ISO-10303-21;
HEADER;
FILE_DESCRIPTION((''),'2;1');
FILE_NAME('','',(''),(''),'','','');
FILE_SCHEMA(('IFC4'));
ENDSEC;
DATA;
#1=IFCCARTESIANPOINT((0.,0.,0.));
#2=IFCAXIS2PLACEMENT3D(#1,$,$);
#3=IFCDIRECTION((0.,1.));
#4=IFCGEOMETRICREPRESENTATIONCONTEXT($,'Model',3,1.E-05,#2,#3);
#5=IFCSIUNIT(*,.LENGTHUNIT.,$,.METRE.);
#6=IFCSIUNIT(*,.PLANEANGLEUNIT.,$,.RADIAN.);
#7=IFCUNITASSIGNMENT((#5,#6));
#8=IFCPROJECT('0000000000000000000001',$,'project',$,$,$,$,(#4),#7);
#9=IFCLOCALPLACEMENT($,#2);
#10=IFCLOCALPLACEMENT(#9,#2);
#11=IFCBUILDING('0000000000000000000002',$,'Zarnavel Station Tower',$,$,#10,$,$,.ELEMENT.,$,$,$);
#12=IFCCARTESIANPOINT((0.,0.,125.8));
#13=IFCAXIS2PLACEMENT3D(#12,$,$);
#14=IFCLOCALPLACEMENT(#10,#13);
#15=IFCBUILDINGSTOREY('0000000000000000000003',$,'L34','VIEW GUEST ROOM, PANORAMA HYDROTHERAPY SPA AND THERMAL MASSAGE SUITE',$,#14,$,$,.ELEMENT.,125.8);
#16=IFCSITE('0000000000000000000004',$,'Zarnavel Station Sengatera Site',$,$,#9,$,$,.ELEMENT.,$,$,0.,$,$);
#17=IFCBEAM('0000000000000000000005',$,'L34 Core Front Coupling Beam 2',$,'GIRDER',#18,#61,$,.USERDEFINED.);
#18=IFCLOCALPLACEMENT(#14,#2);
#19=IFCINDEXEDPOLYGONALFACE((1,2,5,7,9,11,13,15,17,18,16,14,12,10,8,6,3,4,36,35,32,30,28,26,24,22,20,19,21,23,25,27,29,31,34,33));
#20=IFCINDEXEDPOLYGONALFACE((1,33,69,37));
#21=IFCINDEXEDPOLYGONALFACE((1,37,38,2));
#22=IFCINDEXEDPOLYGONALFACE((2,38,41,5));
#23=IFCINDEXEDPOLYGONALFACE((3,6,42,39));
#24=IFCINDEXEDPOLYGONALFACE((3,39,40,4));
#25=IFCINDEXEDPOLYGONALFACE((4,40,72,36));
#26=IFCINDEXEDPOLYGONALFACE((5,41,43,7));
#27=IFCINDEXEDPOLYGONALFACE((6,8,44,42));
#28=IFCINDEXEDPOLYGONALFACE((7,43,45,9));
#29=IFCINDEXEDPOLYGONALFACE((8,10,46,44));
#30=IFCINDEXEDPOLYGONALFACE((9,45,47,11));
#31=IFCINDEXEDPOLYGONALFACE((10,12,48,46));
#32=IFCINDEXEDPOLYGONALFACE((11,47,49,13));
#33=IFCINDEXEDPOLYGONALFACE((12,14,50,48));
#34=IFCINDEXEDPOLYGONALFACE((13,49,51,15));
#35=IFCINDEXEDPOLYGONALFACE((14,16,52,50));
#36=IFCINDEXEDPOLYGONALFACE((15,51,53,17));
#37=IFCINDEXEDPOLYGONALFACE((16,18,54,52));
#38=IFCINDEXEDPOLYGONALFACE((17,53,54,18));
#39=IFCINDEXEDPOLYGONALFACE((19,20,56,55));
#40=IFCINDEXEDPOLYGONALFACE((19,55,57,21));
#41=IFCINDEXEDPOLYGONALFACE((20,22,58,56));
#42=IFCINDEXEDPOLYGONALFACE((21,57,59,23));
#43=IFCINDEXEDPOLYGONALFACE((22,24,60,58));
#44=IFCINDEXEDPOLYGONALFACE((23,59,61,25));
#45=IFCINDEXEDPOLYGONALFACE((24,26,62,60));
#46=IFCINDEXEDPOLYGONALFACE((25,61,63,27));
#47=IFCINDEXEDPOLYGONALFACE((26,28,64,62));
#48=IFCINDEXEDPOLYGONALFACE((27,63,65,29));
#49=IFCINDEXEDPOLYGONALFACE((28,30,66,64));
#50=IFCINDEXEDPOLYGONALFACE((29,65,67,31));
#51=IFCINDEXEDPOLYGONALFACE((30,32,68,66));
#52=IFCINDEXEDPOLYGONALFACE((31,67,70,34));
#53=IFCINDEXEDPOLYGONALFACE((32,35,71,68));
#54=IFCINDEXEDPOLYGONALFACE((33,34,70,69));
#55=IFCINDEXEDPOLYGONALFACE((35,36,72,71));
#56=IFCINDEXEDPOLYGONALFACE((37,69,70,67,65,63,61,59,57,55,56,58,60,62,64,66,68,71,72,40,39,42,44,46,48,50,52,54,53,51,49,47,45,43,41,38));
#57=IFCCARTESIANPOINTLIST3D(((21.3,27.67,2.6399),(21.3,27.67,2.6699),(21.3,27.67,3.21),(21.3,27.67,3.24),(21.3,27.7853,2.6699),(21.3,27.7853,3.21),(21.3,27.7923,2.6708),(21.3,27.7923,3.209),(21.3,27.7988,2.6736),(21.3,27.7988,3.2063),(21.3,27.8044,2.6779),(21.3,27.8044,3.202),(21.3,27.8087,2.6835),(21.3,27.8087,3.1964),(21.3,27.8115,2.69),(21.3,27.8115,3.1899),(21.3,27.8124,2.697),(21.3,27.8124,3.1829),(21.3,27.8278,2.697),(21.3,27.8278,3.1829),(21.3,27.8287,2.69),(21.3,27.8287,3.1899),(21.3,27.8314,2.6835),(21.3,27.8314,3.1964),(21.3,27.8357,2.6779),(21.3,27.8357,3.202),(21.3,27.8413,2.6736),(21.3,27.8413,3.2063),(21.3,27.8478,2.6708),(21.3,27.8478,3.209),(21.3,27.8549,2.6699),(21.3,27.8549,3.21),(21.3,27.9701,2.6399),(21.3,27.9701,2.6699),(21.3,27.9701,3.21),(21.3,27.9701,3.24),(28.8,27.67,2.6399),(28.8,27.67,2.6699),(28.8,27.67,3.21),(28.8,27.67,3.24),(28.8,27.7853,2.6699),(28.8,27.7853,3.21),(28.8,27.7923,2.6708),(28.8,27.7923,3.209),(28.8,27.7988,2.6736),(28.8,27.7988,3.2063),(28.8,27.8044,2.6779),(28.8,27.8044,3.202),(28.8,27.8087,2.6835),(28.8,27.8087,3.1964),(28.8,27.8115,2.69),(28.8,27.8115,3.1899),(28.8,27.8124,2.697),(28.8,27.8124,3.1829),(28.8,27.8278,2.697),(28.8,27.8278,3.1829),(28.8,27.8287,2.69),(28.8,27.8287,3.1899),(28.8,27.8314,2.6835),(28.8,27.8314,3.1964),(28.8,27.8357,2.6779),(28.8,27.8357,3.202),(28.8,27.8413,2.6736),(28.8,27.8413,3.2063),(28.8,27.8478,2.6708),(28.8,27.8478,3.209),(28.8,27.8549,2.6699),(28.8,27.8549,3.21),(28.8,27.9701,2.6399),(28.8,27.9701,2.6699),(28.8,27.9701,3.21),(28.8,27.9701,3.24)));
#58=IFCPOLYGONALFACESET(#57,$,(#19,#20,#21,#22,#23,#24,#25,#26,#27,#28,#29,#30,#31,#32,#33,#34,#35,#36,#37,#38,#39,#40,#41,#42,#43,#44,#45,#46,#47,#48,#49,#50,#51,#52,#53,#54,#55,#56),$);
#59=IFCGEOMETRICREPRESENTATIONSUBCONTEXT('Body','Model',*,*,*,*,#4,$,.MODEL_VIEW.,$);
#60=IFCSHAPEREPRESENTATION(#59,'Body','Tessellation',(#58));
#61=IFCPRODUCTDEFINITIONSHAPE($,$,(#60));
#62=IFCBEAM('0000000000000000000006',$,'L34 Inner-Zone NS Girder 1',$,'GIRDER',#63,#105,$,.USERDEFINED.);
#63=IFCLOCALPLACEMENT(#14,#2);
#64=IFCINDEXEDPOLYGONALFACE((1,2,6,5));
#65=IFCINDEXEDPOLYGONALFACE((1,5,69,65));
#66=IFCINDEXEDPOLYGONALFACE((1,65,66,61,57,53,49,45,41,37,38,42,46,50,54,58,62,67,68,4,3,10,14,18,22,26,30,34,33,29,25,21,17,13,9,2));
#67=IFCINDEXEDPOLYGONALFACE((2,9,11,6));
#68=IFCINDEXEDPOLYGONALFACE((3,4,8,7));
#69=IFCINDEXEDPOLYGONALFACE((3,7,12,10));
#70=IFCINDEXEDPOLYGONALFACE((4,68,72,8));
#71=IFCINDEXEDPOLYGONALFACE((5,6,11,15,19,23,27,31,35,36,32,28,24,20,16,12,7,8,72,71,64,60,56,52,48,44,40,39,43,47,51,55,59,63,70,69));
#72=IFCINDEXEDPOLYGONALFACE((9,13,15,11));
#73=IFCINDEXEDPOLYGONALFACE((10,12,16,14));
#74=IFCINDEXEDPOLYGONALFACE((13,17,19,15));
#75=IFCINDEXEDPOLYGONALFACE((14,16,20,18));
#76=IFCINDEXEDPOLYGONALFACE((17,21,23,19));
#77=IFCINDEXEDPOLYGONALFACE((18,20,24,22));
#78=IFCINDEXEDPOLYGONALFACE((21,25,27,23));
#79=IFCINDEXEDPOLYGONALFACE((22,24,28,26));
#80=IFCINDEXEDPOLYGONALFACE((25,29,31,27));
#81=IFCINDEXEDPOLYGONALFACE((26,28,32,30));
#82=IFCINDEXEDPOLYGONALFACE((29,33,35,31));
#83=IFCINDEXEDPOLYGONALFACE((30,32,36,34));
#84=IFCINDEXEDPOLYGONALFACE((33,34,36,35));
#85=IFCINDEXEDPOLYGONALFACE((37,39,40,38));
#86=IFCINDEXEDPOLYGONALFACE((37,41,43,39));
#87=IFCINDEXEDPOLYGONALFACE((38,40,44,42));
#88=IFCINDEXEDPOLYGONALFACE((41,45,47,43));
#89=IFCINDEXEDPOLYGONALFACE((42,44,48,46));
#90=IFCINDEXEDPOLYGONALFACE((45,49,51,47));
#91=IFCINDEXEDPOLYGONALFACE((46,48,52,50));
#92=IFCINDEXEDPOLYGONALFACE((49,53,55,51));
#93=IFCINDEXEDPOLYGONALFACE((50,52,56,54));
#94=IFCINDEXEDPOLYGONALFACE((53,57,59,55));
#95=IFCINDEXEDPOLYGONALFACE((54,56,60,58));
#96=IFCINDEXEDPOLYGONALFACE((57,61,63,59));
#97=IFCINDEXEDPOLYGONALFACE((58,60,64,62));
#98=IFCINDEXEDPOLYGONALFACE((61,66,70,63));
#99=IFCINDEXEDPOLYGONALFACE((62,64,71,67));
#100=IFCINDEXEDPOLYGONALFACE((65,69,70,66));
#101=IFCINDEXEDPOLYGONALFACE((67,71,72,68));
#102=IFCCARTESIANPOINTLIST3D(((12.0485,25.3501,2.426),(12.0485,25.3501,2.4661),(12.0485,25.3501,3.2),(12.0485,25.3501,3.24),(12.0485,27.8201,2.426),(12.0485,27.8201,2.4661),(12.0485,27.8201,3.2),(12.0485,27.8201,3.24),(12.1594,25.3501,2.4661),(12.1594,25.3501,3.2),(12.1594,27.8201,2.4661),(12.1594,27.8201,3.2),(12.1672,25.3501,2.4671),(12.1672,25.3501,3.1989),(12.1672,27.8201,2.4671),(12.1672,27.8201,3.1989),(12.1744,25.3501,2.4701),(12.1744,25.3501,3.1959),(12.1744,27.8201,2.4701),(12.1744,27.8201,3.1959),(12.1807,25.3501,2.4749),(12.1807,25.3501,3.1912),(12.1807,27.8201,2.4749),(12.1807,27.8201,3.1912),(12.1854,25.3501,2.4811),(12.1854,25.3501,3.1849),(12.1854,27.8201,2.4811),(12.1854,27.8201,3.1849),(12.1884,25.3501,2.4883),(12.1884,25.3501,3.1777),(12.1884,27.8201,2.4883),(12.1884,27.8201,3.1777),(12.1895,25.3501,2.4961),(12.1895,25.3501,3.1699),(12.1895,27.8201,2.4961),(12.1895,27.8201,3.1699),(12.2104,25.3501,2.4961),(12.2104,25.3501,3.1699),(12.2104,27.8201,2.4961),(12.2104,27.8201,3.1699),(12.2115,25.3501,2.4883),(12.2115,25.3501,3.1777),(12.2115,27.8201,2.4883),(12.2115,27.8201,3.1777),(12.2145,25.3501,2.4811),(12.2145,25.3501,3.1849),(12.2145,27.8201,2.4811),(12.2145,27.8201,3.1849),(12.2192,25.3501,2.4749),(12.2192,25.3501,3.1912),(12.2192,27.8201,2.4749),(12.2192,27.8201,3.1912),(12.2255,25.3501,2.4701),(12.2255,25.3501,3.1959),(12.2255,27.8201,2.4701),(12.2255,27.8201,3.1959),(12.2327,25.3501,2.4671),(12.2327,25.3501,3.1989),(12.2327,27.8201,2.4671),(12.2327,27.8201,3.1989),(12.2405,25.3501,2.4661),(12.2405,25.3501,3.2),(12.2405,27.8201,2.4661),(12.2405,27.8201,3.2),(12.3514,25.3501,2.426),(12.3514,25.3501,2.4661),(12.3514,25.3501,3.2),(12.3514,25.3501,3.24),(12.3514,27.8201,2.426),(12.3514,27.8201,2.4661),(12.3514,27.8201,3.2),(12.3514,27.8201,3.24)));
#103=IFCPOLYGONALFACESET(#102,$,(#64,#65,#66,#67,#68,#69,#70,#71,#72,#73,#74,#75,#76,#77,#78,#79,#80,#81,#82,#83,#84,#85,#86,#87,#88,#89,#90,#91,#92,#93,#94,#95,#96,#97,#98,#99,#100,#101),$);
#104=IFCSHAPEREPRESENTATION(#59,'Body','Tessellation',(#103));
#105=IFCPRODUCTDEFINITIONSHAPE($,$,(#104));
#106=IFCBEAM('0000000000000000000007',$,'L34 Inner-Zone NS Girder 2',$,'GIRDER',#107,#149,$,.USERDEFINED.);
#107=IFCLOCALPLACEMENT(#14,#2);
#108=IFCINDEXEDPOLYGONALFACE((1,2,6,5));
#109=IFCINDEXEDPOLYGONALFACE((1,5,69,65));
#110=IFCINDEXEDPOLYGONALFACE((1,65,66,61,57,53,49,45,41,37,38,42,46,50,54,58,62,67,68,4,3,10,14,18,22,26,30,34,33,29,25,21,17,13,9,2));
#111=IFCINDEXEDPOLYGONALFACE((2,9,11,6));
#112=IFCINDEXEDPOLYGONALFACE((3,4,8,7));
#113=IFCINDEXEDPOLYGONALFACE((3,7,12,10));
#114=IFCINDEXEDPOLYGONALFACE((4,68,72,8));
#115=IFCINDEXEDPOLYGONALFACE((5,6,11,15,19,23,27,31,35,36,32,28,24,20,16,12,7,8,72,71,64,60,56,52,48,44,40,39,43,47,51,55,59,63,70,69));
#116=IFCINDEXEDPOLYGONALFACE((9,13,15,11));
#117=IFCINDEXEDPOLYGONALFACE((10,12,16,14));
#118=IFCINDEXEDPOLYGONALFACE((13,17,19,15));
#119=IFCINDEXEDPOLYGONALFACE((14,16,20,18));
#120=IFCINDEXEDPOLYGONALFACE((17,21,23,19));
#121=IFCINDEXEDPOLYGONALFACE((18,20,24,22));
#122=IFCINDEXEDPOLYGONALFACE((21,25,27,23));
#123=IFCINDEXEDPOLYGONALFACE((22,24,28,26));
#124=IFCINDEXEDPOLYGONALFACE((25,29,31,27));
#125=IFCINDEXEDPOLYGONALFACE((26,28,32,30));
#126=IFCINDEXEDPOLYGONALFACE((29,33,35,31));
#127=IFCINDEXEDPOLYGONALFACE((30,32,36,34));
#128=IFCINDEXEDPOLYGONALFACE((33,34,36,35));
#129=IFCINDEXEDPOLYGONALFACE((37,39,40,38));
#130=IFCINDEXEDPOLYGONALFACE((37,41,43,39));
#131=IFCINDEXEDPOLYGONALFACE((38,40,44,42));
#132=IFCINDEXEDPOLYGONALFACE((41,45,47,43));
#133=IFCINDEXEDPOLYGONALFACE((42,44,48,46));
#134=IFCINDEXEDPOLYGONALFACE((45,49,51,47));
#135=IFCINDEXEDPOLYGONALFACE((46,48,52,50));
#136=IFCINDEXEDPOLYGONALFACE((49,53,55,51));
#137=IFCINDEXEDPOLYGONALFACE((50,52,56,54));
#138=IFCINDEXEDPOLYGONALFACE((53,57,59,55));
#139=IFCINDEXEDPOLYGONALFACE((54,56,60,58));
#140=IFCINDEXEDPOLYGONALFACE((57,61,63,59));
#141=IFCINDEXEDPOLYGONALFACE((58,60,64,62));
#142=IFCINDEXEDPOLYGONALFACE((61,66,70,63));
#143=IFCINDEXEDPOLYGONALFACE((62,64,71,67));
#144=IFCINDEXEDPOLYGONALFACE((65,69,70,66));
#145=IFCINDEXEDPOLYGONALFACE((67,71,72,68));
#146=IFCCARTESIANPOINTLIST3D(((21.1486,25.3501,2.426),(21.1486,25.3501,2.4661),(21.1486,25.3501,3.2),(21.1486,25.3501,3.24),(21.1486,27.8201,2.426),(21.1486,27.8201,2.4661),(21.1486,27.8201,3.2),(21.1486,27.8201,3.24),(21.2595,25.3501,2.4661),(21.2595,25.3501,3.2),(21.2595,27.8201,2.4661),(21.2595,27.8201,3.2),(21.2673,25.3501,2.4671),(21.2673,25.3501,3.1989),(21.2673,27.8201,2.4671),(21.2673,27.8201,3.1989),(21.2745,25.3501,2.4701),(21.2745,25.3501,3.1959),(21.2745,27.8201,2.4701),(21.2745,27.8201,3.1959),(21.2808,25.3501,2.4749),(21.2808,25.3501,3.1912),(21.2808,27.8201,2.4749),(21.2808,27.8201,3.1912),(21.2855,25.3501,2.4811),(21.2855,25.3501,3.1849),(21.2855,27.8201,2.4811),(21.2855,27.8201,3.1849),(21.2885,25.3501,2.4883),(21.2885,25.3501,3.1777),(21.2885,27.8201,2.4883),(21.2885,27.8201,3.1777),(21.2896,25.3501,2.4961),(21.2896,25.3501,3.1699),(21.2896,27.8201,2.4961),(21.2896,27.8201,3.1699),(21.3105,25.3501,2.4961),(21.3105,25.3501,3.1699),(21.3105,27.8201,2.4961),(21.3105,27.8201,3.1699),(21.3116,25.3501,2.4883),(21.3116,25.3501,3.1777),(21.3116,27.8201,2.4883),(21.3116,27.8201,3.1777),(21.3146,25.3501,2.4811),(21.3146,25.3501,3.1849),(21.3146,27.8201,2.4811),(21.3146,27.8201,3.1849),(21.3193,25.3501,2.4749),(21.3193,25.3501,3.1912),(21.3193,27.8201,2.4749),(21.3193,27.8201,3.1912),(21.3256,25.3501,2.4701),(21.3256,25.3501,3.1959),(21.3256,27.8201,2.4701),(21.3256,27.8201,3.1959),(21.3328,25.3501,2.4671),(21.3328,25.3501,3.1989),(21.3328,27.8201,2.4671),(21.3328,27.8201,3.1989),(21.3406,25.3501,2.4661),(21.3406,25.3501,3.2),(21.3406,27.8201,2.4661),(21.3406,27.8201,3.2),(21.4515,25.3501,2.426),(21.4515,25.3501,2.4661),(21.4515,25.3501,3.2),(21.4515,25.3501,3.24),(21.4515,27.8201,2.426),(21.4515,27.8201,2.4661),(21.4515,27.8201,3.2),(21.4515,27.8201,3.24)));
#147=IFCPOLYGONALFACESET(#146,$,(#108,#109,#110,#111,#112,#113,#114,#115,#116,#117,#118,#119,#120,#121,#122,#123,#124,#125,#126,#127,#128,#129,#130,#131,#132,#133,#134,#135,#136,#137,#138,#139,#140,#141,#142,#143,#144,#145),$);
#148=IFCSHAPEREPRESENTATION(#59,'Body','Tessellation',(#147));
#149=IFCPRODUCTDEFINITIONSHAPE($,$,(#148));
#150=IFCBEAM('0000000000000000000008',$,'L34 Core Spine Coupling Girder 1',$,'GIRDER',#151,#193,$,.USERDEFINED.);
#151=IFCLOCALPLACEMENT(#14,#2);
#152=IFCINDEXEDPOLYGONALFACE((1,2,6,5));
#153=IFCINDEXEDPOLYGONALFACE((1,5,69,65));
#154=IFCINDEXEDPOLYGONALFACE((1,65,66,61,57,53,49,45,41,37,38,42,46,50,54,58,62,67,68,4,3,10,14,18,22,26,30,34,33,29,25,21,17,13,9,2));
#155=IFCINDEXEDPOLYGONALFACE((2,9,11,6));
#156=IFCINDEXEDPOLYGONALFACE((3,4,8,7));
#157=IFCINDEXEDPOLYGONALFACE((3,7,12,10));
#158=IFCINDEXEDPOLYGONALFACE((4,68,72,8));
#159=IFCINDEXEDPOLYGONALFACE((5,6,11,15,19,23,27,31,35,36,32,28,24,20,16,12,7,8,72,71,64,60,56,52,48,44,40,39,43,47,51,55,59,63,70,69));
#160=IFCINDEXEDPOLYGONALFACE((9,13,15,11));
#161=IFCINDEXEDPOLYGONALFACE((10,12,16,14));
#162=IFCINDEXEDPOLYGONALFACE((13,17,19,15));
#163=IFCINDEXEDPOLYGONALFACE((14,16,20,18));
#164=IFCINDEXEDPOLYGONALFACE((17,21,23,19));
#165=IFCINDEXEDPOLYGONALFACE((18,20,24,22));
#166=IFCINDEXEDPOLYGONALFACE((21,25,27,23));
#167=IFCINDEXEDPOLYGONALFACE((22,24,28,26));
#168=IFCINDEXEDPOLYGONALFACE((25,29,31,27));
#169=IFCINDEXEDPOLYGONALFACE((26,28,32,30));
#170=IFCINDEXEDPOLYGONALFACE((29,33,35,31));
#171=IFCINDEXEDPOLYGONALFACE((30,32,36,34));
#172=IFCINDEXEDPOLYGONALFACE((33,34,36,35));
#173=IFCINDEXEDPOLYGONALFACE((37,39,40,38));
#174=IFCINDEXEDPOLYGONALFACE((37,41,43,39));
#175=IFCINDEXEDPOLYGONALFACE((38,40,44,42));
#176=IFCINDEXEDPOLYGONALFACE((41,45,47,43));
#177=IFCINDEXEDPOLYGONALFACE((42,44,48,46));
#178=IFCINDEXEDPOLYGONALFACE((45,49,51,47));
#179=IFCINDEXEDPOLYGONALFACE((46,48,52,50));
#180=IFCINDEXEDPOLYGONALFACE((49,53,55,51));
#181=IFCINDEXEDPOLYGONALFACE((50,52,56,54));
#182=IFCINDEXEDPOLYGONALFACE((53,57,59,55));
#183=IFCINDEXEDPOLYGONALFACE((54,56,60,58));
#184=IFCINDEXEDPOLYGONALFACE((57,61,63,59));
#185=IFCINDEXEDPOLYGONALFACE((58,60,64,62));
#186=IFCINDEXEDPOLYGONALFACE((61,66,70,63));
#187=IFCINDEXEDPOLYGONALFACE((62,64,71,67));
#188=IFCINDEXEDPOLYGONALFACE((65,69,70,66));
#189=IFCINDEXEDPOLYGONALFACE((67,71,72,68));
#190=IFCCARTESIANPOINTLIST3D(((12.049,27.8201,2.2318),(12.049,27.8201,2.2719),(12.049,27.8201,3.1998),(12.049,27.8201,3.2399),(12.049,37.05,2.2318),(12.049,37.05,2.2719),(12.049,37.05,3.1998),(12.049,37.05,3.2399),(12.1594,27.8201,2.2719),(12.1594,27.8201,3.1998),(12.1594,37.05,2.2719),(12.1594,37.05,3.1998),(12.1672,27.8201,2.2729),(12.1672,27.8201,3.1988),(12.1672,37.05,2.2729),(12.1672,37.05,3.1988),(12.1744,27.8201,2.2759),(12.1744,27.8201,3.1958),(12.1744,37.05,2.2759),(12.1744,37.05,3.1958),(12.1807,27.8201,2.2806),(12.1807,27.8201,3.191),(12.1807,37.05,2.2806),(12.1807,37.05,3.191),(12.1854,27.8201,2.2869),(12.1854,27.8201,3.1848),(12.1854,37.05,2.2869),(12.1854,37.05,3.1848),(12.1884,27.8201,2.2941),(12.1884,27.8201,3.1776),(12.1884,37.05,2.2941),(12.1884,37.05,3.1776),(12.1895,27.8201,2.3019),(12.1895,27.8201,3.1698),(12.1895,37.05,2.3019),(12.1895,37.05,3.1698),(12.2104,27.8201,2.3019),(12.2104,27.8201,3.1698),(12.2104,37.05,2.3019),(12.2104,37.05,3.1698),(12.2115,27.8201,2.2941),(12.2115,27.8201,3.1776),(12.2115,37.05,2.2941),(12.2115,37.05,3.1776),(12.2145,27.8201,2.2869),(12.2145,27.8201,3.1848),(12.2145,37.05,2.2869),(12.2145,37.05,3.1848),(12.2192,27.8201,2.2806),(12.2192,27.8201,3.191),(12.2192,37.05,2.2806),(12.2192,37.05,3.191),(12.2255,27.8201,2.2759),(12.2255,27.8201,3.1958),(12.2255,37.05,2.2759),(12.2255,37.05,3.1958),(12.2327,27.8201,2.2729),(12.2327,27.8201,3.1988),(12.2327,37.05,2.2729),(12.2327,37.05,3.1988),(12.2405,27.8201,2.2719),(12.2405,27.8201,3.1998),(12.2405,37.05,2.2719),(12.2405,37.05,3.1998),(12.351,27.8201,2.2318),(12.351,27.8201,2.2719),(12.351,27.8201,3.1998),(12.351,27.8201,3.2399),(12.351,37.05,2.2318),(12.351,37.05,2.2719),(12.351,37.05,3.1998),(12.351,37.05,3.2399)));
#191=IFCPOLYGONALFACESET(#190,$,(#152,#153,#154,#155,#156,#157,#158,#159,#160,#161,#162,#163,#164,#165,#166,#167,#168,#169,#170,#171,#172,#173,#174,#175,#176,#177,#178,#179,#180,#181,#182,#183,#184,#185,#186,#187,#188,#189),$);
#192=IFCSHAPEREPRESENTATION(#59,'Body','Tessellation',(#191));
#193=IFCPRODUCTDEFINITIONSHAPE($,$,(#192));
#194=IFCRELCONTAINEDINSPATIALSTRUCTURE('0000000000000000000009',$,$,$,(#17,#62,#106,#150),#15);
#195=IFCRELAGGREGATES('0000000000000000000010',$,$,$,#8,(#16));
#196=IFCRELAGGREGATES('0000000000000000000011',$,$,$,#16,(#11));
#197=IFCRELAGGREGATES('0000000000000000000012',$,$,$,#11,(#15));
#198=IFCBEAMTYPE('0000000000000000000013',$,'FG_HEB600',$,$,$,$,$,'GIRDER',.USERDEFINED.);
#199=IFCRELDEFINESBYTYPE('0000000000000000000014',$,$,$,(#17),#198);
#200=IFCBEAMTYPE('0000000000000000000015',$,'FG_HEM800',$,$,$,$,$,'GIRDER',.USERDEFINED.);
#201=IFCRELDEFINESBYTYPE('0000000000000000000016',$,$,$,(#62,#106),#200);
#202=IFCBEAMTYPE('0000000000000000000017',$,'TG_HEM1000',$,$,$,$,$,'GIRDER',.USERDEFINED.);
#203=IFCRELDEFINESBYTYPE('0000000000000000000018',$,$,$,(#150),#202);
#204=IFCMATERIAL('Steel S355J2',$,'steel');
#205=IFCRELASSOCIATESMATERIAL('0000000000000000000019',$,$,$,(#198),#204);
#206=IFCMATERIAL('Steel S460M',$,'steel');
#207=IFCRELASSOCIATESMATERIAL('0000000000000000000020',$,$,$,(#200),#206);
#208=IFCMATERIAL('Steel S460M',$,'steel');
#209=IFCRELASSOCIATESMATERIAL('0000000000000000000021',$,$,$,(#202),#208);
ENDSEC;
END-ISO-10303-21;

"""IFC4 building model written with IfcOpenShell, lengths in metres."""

from ifc_helpers import new_model, si_unit, direction, frame, origin, origin_2d, place, context, subcontext, project, spatial, i_section, extrude, material, material_profile, profile_set, type_object, element, save


model = new_model("IFC4")

# Units and contexts
model_context = context("Model", 3, precision=1e-05, world=origin(), true_north=direction((0.0, 1.0)))
body_context = subcontext(model_context, "Body", "Model", "MODEL_VIEW")
ifc_project = project(units=[si_unit("LENGTHUNIT", "METRE"), si_unit("PLANEANGLEUNIT", "RADIAN")], contexts=[model_context])

# Site, building, storey
site_placement = place(None, origin())
site = spatial("IfcSite", under=ifc_project, at=site_placement, Name="Zarnavel Station Sengatera Site", CompositionType="ELEMENT", RefElevation=0.0)
building_placement = place(site_placement, origin())
building = spatial("IfcBuilding", under=site, at=building_placement, Name="Zarnavel Station Tower", CompositionType="ELEMENT")
storey_placement = place(building_placement, frame((0.0, 0.0, 125.8)))
storey = spatial("IfcBuildingStorey", under=building, at=storey_placement, Name="L34", Description="VIEW GUEST ROOM, PANORAMA HYDROTHERAPY SPA AND THERMAL MASSAGE SUITE", CompositionType="ELEMENT", Elevation=125.8)

# Beams
ifc_material_1 = material(Name="Steel S355J2", Category="steel")
ifc_material_profile_1 = material_profile(ifc_material_1, i_section(OverallWidth=0.3, OverallDepth=0.6001, WebThickness=0.0154, FlangeThickness=0.03, FilletRadius=0.0271, at=origin_2d()), Name="HEB600")
ifc_profile_set_1 = profile_set([ifc_material_profile_1], Name="Steel S355J2")
beam_type_1 = type_object("IfcBeamType", Name="FG_HEB600", ElementType="GIRDER", PredefinedType="USERDEFINED", material=ifc_profile_set_1)
beam_1_placement = place(storey_placement, frame((21.3, 27.8201, 2.9399), z_axis=(1.0, 0.0, 0.0), x_axis=(0.0, 1.0, 0.0)))
element("IfcBeam", 1, at=beam_1_placement, inside=storey, type_object=beam_type_1, Name="L34 Core Front Coupling Beam 2", ObjectType="GIRDER", PredefinedType="USERDEFINED", context=body_context, shape_type="SweptSolid", body=[
    extrude(i_section(OverallWidth=0.3, OverallDepth=0.6001, WebThickness=0.0154, FlangeThickness=0.03, FilletRadius=0.0271, at=origin_2d()), origin(), (0.0, 0.0, 1.0), 7.5),
])
ifc_material_2 = material(Name="Steel S460M", Category="steel")
ifc_material_profile_2 = material_profile(ifc_material_2, i_section(OverallWidth=0.303, OverallDepth=0.814, WebThickness=0.021, FlangeThickness=0.04, FilletRadius=0.03, at=origin_2d()), Name="HEM800")
ifc_profile_set_2 = profile_set([ifc_material_profile_2], Name="Steel S460M")
beam_type_2 = type_object("IfcBeamType", Name="FG_HEM800", ElementType="GIRDER", PredefinedType="USERDEFINED", material=ifc_profile_set_2)
for number, where, z_axis, x_axis, name in (
    (2, (12.2, 25.3501, 2.833), (0.0, 1.0, 0.0), (-1.0, 0.0, 0.0), "L34 Inner-Zone NS Girder 1"),
    (3, (21.3, 25.3501, 2.833), (0.0, 1.0, 0.0), (-1.0, 0.0, 0.0), "L34 Inner-Zone NS Girder 2"),
):
    element("IfcBeam", number, at=place(storey_placement, frame(where, z_axis=z_axis, x_axis=x_axis)), inside=storey, type_object=beam_type_2, Name=name, ObjectType="GIRDER", PredefinedType="USERDEFINED", context=body_context, shape_type="SweptSolid", body=[
        extrude(i_section(OverallWidth=0.303, OverallDepth=0.814, WebThickness=0.021, FlangeThickness=0.04, FilletRadius=0.03, at=origin_2d()), origin(), (0.0, 0.0, 1.0), 2.47),
    ])
ifc_material_3 = material(Name="Steel S460M", Category="steel")
ifc_material_profile_3 = material_profile(ifc_material_3, i_section(OverallWidth=0.302, OverallDepth=1.0081, WebThickness=0.021, FlangeThickness=0.04, FilletRadius=0.03, at=origin_2d()), Name="HEM1000")
ifc_profile_set_3 = profile_set([ifc_material_profile_3], Name="Steel S460M")
beam_type_3 = type_object("IfcBeamType", Name="TG_HEM1000", ElementType="GIRDER", PredefinedType="USERDEFINED", material=ifc_profile_set_3)
for number, where, z_axis, x_axis, name in (
    (4, (12.2, 27.8201, 2.7358), (0.0, 1.0, 0.0), (-1.0, 0.0, 0.0), "L34 Core Spine Coupling Girder 1"),
):
    element("IfcBeam", number, at=place(storey_placement, frame(where, z_axis=z_axis, x_axis=x_axis)), inside=storey, type_object=beam_type_3, Name=name, ObjectType="GIRDER", PredefinedType="USERDEFINED", context=body_context, shape_type="SweptSolid", body=[
        extrude(i_section(OverallWidth=0.302, OverallDepth=1.0081, WebThickness=0.021, FlangeThickness=0.04, FilletRadius=0.03, at=origin_2d()), origin(), (0.0, 0.0, 1.0), 9.23),
    ])

save(model, "model.ifc")
